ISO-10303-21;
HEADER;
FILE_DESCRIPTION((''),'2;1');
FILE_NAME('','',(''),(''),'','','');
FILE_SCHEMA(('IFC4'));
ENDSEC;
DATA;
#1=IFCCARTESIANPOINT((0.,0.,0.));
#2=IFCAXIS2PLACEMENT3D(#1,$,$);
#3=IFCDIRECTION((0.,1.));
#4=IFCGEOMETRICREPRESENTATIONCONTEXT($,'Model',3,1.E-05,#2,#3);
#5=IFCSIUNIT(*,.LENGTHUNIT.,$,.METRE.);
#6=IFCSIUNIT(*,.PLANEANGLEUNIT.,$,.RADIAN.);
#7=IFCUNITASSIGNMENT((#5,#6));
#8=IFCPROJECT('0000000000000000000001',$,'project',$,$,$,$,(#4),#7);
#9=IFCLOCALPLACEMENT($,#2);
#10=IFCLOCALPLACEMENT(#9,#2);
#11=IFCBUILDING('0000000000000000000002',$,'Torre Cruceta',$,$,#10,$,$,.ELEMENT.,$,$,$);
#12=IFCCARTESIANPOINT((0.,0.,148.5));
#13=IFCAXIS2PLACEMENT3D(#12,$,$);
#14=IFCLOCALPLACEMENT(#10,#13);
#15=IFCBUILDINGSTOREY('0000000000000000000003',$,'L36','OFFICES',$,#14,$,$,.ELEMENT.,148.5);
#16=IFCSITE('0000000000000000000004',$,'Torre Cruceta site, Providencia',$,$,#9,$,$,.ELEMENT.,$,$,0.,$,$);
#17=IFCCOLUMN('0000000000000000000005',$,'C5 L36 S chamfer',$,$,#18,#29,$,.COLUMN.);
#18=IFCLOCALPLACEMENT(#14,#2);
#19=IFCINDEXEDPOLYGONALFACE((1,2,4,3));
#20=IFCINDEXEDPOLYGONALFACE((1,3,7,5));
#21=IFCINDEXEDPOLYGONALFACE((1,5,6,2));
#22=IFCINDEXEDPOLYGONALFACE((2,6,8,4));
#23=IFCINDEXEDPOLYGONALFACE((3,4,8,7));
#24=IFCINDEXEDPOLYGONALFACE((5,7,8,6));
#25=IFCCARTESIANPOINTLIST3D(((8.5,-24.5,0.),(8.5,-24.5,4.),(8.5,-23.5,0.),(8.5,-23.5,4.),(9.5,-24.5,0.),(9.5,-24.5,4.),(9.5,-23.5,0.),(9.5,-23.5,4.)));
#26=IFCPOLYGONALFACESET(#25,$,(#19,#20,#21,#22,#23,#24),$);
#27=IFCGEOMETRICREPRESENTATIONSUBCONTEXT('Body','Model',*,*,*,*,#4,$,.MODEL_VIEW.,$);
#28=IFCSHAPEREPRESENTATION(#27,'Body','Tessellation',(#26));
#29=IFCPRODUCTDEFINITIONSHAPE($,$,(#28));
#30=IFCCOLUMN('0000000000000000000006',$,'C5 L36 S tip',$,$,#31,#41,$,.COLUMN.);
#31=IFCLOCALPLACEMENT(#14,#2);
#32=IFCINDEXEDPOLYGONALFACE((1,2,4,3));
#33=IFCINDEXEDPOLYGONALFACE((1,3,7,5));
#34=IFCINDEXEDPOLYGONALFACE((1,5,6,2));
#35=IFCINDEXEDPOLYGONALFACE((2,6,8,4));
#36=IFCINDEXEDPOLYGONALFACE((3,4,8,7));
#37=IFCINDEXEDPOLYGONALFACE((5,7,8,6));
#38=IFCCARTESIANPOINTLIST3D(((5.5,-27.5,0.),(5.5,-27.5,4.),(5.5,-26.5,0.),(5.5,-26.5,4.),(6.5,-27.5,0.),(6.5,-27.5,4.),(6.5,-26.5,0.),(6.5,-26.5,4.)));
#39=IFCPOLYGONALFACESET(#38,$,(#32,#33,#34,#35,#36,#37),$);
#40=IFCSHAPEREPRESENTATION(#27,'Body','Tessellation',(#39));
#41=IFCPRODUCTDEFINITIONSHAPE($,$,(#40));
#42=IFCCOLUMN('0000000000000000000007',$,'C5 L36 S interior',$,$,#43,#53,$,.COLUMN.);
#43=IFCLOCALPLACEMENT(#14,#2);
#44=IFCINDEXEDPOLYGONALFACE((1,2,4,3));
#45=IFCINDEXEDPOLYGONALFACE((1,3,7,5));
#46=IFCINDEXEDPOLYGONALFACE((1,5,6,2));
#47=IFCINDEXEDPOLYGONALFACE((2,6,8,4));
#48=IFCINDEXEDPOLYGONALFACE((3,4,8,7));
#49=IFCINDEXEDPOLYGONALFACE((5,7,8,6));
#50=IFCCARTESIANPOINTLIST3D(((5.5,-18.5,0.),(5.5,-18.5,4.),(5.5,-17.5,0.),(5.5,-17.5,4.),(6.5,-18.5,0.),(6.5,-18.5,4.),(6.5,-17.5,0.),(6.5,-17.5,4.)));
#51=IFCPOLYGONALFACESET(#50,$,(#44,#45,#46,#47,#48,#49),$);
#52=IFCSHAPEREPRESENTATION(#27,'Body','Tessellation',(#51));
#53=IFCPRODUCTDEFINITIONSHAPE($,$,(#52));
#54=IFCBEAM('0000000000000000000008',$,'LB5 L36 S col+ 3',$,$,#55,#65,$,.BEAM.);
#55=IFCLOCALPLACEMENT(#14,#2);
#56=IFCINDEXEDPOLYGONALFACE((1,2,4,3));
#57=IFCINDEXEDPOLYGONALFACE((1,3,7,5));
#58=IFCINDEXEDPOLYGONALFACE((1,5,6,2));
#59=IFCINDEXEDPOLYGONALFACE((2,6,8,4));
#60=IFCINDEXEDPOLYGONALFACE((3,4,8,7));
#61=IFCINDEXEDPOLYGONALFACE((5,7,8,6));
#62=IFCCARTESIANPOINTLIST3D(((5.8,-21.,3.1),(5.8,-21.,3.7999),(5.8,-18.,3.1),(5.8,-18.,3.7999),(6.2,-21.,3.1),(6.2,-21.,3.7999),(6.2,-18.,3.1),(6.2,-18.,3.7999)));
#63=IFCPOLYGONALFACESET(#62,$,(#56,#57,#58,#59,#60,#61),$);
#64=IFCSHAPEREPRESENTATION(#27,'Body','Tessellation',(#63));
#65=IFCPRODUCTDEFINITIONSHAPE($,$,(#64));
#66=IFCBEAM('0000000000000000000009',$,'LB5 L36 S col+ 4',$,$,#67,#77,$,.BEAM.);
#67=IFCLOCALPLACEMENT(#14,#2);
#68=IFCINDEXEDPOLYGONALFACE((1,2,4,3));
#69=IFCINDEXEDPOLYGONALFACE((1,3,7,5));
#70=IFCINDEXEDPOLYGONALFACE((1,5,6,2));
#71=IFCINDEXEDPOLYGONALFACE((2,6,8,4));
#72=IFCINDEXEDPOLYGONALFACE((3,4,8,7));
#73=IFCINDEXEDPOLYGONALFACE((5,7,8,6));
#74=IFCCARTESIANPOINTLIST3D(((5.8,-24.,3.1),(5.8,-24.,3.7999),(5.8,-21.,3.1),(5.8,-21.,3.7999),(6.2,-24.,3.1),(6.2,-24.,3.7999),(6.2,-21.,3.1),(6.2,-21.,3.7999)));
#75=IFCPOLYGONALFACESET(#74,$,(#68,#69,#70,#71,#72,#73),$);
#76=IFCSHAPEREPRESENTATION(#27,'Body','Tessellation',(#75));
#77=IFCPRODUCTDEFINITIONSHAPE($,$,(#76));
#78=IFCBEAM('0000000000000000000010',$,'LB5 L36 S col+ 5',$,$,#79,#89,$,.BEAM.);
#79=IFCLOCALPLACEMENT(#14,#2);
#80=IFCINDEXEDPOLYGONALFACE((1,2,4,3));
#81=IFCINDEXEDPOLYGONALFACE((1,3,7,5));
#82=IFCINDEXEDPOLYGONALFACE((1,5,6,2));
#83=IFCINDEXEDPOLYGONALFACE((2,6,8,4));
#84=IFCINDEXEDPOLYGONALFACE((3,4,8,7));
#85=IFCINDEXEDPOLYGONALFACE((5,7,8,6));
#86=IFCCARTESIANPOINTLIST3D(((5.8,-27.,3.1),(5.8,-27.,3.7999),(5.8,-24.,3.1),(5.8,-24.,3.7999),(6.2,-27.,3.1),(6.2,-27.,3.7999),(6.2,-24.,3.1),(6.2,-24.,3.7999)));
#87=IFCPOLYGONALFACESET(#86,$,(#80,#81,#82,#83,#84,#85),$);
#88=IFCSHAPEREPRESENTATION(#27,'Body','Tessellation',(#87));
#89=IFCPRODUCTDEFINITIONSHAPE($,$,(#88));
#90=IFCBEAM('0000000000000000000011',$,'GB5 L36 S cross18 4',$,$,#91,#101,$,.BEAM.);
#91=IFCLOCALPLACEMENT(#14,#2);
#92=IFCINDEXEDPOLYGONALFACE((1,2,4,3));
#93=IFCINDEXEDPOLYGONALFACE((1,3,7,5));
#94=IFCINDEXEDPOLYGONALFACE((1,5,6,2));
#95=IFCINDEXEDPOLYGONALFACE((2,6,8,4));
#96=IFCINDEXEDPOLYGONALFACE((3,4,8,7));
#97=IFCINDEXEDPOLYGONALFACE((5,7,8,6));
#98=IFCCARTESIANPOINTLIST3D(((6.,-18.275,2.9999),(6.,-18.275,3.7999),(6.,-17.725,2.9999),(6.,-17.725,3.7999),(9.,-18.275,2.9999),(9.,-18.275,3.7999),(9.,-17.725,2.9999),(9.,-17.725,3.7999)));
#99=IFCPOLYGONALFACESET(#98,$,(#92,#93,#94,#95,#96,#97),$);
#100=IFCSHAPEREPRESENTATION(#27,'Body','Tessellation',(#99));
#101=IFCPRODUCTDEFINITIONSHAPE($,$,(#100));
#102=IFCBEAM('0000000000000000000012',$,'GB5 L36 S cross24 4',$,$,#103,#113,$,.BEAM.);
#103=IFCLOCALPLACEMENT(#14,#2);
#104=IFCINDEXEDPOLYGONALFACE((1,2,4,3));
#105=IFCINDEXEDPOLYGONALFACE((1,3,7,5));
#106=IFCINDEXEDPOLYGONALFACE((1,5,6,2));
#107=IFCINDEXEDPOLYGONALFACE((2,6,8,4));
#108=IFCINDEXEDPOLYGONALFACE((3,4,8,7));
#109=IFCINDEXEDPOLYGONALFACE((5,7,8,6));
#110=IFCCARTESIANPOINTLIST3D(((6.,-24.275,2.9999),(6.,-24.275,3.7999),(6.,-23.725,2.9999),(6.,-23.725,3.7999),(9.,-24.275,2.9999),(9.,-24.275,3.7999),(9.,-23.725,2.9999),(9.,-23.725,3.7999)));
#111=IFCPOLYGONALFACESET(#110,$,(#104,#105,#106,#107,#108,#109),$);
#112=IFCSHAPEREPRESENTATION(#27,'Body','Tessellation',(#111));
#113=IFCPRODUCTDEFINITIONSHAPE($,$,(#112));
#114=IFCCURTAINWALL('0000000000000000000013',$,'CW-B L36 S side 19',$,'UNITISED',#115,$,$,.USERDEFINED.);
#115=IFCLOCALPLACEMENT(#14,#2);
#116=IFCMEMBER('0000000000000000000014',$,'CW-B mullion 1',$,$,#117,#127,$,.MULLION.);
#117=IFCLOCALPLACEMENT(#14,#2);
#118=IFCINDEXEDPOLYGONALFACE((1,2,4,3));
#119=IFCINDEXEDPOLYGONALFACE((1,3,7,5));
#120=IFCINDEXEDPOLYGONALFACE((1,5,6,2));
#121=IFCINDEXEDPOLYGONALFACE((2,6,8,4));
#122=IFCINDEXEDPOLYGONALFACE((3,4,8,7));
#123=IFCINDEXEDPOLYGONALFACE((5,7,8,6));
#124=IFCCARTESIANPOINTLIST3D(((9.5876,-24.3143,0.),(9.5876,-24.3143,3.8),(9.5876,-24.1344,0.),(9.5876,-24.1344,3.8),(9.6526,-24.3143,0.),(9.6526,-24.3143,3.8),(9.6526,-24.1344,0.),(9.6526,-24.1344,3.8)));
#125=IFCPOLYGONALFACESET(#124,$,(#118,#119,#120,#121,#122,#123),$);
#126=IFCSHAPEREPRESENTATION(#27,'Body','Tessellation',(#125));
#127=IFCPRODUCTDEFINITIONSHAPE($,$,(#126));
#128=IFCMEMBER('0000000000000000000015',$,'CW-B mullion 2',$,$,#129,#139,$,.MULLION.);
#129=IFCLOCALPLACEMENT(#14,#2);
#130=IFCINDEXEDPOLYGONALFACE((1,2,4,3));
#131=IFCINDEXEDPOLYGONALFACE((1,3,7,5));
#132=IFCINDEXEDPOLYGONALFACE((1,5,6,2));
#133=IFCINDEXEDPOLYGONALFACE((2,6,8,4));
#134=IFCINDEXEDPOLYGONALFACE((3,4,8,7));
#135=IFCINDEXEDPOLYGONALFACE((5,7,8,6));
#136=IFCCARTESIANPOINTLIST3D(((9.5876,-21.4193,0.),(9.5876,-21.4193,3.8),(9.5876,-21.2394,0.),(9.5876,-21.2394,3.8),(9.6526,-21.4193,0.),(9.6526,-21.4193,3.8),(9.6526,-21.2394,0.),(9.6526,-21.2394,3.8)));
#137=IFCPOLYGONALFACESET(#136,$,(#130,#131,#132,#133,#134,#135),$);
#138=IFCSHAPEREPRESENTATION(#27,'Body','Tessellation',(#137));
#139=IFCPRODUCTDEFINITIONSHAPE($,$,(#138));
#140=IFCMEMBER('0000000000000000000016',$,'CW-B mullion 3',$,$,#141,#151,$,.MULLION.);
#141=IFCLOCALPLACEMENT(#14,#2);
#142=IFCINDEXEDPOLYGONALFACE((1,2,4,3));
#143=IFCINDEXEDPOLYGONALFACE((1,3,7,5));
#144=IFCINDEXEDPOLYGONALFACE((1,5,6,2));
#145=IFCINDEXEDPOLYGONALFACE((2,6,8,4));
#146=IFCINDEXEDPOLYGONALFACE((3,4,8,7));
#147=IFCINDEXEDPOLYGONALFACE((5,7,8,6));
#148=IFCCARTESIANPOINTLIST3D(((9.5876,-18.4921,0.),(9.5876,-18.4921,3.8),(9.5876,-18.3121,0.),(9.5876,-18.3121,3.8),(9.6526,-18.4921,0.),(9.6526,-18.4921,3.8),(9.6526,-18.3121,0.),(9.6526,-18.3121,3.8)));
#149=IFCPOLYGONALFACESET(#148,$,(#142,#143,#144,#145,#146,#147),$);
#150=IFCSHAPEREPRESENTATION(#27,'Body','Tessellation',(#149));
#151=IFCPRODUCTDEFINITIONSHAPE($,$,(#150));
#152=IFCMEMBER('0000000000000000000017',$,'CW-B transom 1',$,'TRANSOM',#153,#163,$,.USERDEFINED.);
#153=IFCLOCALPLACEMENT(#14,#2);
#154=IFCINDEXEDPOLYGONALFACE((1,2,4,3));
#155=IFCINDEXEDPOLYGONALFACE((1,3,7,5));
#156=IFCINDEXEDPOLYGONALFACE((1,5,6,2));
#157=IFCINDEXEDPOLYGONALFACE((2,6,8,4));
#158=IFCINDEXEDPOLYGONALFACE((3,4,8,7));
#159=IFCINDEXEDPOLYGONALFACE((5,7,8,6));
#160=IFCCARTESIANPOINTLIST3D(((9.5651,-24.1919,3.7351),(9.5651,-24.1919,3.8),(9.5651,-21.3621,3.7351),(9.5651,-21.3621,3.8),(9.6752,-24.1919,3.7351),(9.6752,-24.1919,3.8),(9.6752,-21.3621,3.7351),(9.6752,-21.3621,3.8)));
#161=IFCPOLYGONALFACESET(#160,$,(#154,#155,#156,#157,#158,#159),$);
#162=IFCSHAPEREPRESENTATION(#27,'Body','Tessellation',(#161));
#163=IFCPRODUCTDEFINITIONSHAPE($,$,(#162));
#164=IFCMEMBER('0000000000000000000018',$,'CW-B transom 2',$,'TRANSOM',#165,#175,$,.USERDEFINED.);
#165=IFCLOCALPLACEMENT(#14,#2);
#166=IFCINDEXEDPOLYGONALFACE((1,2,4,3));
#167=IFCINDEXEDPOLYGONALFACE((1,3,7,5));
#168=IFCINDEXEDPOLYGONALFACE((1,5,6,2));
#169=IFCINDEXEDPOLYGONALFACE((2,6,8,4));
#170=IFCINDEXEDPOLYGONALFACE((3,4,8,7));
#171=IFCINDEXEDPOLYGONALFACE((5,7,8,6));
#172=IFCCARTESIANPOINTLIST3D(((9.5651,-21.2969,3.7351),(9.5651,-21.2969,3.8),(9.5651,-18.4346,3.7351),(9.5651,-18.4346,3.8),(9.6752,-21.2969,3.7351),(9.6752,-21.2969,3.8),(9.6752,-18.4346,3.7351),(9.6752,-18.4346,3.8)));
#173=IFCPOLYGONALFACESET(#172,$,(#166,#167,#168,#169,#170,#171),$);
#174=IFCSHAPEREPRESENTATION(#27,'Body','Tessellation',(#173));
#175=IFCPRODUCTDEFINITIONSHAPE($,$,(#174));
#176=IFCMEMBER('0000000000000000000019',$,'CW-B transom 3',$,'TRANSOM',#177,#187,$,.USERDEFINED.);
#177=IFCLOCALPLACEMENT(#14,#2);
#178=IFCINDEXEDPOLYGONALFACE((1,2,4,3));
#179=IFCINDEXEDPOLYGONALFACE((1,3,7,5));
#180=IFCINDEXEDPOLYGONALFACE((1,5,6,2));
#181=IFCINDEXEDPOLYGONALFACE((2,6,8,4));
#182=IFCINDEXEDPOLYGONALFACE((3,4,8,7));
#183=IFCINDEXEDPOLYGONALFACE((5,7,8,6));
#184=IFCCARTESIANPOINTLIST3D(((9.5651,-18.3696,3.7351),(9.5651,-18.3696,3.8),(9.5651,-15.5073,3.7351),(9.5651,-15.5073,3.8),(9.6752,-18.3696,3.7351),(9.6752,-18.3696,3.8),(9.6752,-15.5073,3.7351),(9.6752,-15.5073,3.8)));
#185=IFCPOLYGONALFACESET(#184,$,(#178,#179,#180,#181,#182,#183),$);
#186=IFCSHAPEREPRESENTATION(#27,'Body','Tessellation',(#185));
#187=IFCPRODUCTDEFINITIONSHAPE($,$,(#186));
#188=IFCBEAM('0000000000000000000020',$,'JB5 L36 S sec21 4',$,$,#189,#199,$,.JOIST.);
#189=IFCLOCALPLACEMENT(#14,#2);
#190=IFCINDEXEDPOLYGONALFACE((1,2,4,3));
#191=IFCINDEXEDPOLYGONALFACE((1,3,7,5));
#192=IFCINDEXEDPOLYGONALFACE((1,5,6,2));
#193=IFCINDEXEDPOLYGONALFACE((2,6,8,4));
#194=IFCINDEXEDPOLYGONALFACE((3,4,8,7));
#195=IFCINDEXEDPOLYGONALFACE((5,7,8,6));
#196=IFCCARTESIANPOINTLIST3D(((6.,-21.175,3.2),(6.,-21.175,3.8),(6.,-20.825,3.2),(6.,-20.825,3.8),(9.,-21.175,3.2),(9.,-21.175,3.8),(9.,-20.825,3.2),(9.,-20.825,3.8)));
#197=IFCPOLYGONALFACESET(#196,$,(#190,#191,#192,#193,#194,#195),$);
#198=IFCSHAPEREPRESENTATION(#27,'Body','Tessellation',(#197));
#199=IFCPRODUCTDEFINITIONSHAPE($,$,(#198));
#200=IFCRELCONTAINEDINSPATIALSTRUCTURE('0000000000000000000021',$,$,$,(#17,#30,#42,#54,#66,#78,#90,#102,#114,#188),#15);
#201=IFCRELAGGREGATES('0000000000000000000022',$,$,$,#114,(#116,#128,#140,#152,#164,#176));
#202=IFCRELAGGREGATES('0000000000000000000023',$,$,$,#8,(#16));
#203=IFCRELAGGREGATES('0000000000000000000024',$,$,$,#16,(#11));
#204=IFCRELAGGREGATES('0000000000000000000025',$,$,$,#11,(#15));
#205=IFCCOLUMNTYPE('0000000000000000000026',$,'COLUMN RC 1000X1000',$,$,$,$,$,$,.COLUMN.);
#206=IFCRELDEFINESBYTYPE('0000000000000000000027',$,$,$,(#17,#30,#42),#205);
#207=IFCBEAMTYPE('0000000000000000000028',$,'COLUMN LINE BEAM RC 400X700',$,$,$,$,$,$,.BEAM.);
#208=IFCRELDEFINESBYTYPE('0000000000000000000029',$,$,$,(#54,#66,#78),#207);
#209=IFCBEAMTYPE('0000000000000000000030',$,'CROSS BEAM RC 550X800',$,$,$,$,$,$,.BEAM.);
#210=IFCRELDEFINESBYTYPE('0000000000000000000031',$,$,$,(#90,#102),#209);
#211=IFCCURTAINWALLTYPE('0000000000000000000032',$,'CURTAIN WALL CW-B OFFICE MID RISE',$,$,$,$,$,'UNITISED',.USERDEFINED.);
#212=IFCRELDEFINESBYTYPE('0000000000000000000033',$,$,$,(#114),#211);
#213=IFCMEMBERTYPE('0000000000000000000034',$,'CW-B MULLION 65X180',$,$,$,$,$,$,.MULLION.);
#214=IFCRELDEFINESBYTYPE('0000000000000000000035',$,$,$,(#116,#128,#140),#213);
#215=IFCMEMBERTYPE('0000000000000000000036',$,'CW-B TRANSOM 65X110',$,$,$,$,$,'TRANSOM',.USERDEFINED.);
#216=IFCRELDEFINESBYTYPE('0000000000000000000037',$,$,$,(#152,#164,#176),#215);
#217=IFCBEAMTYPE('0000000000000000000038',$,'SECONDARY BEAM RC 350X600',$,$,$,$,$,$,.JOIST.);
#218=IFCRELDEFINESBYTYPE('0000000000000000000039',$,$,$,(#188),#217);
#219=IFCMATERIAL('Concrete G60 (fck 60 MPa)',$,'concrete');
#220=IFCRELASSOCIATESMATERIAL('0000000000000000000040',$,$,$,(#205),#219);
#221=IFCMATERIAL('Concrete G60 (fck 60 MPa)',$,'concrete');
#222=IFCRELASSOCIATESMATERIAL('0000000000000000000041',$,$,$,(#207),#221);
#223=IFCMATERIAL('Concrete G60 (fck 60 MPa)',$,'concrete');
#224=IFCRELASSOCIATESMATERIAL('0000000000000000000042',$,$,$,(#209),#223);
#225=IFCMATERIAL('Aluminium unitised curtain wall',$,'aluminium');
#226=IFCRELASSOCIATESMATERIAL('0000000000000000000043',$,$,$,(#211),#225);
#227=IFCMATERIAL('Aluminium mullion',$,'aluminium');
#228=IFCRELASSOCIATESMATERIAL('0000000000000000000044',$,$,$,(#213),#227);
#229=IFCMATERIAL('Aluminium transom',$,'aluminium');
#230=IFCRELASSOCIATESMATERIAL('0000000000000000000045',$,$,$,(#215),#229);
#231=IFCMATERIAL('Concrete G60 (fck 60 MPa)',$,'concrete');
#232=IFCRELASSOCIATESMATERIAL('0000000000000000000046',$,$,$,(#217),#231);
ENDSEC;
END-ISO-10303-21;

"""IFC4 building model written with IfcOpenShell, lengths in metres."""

from ifc_helpers import new_model, si_unit, direction, frame, origin, origin_2d, place, context, subcontext, project, spatial, rectangle, extrude, material, material_profile, profile_set, type_object, element, aggregate, save


model = new_model("IFC4")

# Units and contexts
model_context = context("Model", 3, precision=1e-05, world=origin(), true_north=direction((0.0, 1.0)))
body_context = subcontext(model_context, "Body", "Model", "MODEL_VIEW")
ifc_project = project(units=[si_unit("LENGTHUNIT", "METRE"), si_unit("PLANEANGLEUNIT", "RADIAN")], contexts=[model_context])

# Site, building, storey
site_placement = place(None, origin())
site = spatial("IfcSite", under=ifc_project, at=site_placement, Name="Torre Cruceta site, Providencia", CompositionType="ELEMENT", RefElevation=0.0)
building_placement = place(site_placement, origin())
building = spatial("IfcBuilding", under=site, at=building_placement, Name="Torre Cruceta", CompositionType="ELEMENT")
storey_placement = place(building_placement, frame((0.0, 0.0, 148.5)))
storey = spatial("IfcBuildingStorey", under=building, at=storey_placement, Name="L36", Description="OFFICES", CompositionType="ELEMENT", Elevation=148.5)

# Columns
ifc_material_1 = material(Name="Concrete G60 (fck 60 MPa)", Category="concrete")
ifc_material_profile_1 = material_profile(ifc_material_1, rectangle(XDim=1.0, YDim=1.0, at=origin_2d()), Name="RC 1000X1000")
ifc_profile_set_1 = profile_set([ifc_material_profile_1], Name="Concrete G60 (fck 60 MPa)")
column_type = type_object("IfcColumnType", Name="COLUMN RC 1000X1000", PredefinedType="COLUMN", material=ifc_profile_set_1)
for number, where, z_axis, x_axis, name in (
    (1, (9.0, -24.0, 0.0), (0.0, 0.0, 1.0), (1.0, 0.0, 0.0), "C5 L36 S chamfer"),
    (2, (6.0, -27.0, 0.0), (0.0, 0.0, 1.0), (1.0, 0.0, 0.0), "C5 L36 S tip"),
    (3, (6.0, -18.0, 0.0), (0.0, 0.0, 1.0), (1.0, 0.0, 0.0), "C5 L36 S interior"),
):
    element("IfcColumn", number, at=place(storey_placement, frame(where, z_axis=z_axis, x_axis=x_axis)), inside=storey, type_object=column_type, Name=name, PredefinedType="COLUMN", context=body_context, shape_type="SweptSolid", body=[
        extrude(rectangle(XDim=1.0, YDim=1.0, at=origin_2d()), origin(), (0.0, 0.0, 1.0), 4.0),
    ])

# Beams
ifc_material_2 = material(Name="Concrete G60 (fck 60 MPa)", Category="concrete")
ifc_material_profile_2 = material_profile(ifc_material_2, rectangle(XDim=0.3999, YDim=0.7, at=origin_2d()), Name="RC 400X700")
ifc_profile_set_2 = profile_set([ifc_material_profile_2], Name="Concrete G60 (fck 60 MPa)")
beam_type_1 = type_object("IfcBeamType", Name="COLUMN LINE BEAM RC 400X700", PredefinedType="BEAM", material=ifc_profile_set_2)
for number, where, z_axis, x_axis, name in (
    (4, (6.0, -18.0, 3.45), (0.0, -1.0, 0.0), (1.0, 0.0, 0.0), "LB5 L36 S col+ 3"),
    (5, (6.0, -21.0, 3.45), (0.0, -1.0, 0.0), (1.0, 0.0, 0.0), "LB5 L36 S col+ 4"),
    (6, (6.0, -24.0, 3.45), (0.0, -1.0, 0.0), (1.0, 0.0, 0.0), "LB5 L36 S col+ 5"),
):
    element("IfcBeam", number, at=place(storey_placement, frame(where, z_axis=z_axis, x_axis=x_axis)), inside=storey, type_object=beam_type_1, Name=name, PredefinedType="BEAM", context=body_context, shape_type="SweptSolid", body=[
        extrude(rectangle(XDim=0.3999, YDim=0.7, at=origin_2d()), origin(), (0.0, 0.0, 1.0), 3.0),
    ])
ifc_material_3 = material(Name="Concrete G60 (fck 60 MPa)", Category="concrete")
ifc_material_profile_3 = material_profile(ifc_material_3, rectangle(XDim=0.55, YDim=0.8, at=origin_2d()), Name="RC 550X800")
ifc_profile_set_3 = profile_set([ifc_material_profile_3], Name="Concrete G60 (fck 60 MPa)")
beam_type_2 = type_object("IfcBeamType", Name="CROSS BEAM RC 550X800", PredefinedType="BEAM", material=ifc_profile_set_3)
for number, where, z_axis, x_axis, name in (
    (7, (6.0, -18.0, 3.3999), (1.0, 0.0, 0.0), (0.0, 1.0, 0.0), "GB5 L36 S cross18 4"),
    (8, (6.0, -24.0, 3.3999), (1.0, 0.0, 0.0), (0.0, 1.0, 0.0), "GB5 L36 S cross24 4"),
):
    element("IfcBeam", number, at=place(storey_placement, frame(where, z_axis=z_axis, x_axis=x_axis)), inside=storey, type_object=beam_type_2, Name=name, PredefinedType="BEAM", context=body_context, shape_type="SweptSolid", body=[
        extrude(rectangle(XDim=0.55, YDim=0.8, at=origin_2d()), origin(), (0.0, 0.0, 1.0), 3.0),
    ])

# Curtain wall, members
ifc_material_4 = material(Name="Aluminium unitised curtain wall", Category="aluminium")
curtain_wall_type = type_object("IfcCurtainWallType", Name="CURTAIN WALL CW-B OFFICE MID RISE", ElementType="UNITISED", PredefinedType="USERDEFINED", material=ifc_material_4)
curtain_wall_placement = place(storey_placement, origin())
curtain_wall = element("IfcCurtainWall", 9, at=curtain_wall_placement, inside=storey, type_object=curtain_wall_type, Name="CW-B L36 S side 19", ObjectType="UNITISED", PredefinedType="USERDEFINED")
ifc_material_5 = material(Name="Aluminium mullion", Category="aluminium")
ifc_material_profile_4 = material_profile(ifc_material_5, rectangle(XDim=0.0649, YDim=0.1799, at=origin_2d()), Name="AL 65X180")
ifc_profile_set_4 = profile_set([ifc_material_profile_4], Name="Aluminium mullion")
member_type_1 = type_object("IfcMemberType", Name="CW-B MULLION 65X180", PredefinedType="MULLION", material=ifc_profile_set_4)
member_1_placement = place(storey_placement, frame((9.6201, -24.2244, 0.0), z_axis=(0.0, 0.0, 1.0), x_axis=(-1.0, 0.0, 0.0)))
member_1 = element("IfcMember", 10, at=member_1_placement, type_object=member_type_1, Name="CW-B mullion 1", PredefinedType="MULLION", context=body_context, shape_type="SweptSolid", body=[
    extrude(rectangle(XDim=0.0649, YDim=0.1799, at=origin_2d()), origin(), (0.0, 0.0, 1.0), 3.8),
])
member_2_placement = place(storey_placement, frame((9.6201, -21.3293, 0.0), z_axis=(0.0, 0.0, 1.0), x_axis=(-1.0, 0.0, 0.0)))
member_2 = element("IfcMember", 11, at=member_2_placement, type_object=member_type_1, Name="CW-B mullion 2", PredefinedType="MULLION", context=body_context, shape_type="SweptSolid", body=[
    extrude(rectangle(XDim=0.0649, YDim=0.1799, at=origin_2d()), origin(), (0.0, 0.0, 1.0), 3.8),
])
member_3_placement = place(storey_placement, frame((9.6201, -18.4021, 0.0), z_axis=(0.0, 0.0, 1.0), x_axis=(-1.0, 0.0, 0.0)))
member_3 = element("IfcMember", 12, at=member_3_placement, type_object=member_type_1, Name="CW-B mullion 3", PredefinedType="MULLION", context=body_context, shape_type="SweptSolid", body=[
    extrude(rectangle(XDim=0.0649, YDim=0.1799, at=origin_2d()), origin(), (0.0, 0.0, 1.0), 3.8),
])
ifc_material_6 = material(Name="Aluminium transom", Category="aluminium")
ifc_material_profile_5 = material_profile(ifc_material_6, rectangle(XDim=0.1101, YDim=0.0649, at=origin_2d()), Name="AL 110X65")
ifc_profile_set_5 = profile_set([ifc_material_profile_5], Name="Aluminium transom")
member_type_2 = type_object("IfcMemberType", Name="CW-B TRANSOM 65X110", ElementType="TRANSOM", PredefinedType="USERDEFINED", material=ifc_profile_set_5)
member_4_placement = place(storey_placement, frame((9.6201, -24.1919, 3.7676), z_axis=(0.0, 1.0, 0.0), x_axis=(-1.0, 0.0, 0.0)))
member_4 = element("IfcMember", 13, at=member_4_placement, type_object=member_type_2, Name="CW-B transom 1", ObjectType="TRANSOM", PredefinedType="USERDEFINED", context=body_context, shape_type="SweptSolid", body=[
    extrude(rectangle(XDim=0.1101, YDim=0.0649, at=origin_2d()), origin(), (0.0, 0.0, 1.0), 2.8298),
])
member_5_placement = place(storey_placement, frame((9.6201, -21.2969, 3.7676), z_axis=(0.0, 1.0, 0.0), x_axis=(-1.0, 0.0, 0.0)))
member_5 = element("IfcMember", 14, at=member_5_placement, type_object=member_type_2, Name="CW-B transom 2", ObjectType="TRANSOM", PredefinedType="USERDEFINED", context=body_context, shape_type="SweptSolid", body=[
    extrude(rectangle(XDim=0.1101, YDim=0.0649, at=origin_2d()), origin(), (0.0, 0.0, 1.0), 2.8623),
])
member_6_placement = place(storey_placement, frame((9.6201, -18.3696, 3.7676), z_axis=(0.0, 1.0, 0.0), x_axis=(-1.0, 0.0, 0.0)))
member_6 = element("IfcMember", 15, at=member_6_placement, type_object=member_type_2, Name="CW-B transom 3", ObjectType="TRANSOM", PredefinedType="USERDEFINED", context=body_context, shape_type="SweptSolid", body=[
    extrude(rectangle(XDim=0.1101, YDim=0.0649, at=origin_2d()), origin(), (0.0, 0.0, 1.0), 2.8623),
])

# Beam
ifc_material_7 = material(Name="Concrete G60 (fck 60 MPa)", Category="concrete")
ifc_material_profile_6 = material_profile(ifc_material_7, rectangle(XDim=0.3501, YDim=0.6001, at=origin_2d()), Name="RC 350X600")
ifc_profile_set_6 = profile_set([ifc_material_profile_6], Name="Concrete G60 (fck 60 MPa)")
beam_type_3 = type_object("IfcBeamType", Name="SECONDARY BEAM RC 350X600", PredefinedType="JOIST", material=ifc_profile_set_6)
beam_1_placement = place(storey_placement, frame((6.0, -21.0, 3.5), z_axis=(1.0, 0.0, 0.0), x_axis=(0.0, 1.0, 0.0)))
element("IfcBeam", 16, at=beam_1_placement, inside=storey, type_object=beam_type_3, Name="JB5 L36 S sec21 4", PredefinedType="JOIST", context=body_context, shape_type="SweptSolid", body=[
    extrude(rectangle(XDim=0.3501, YDim=0.6001, at=origin_2d()), origin(), (0.0, 0.0, 1.0), 3.0),
])

aggregate(curtain_wall, [member_1, member_2, member_3, member_4, member_5, member_6])

save(model, "model.ifc")
